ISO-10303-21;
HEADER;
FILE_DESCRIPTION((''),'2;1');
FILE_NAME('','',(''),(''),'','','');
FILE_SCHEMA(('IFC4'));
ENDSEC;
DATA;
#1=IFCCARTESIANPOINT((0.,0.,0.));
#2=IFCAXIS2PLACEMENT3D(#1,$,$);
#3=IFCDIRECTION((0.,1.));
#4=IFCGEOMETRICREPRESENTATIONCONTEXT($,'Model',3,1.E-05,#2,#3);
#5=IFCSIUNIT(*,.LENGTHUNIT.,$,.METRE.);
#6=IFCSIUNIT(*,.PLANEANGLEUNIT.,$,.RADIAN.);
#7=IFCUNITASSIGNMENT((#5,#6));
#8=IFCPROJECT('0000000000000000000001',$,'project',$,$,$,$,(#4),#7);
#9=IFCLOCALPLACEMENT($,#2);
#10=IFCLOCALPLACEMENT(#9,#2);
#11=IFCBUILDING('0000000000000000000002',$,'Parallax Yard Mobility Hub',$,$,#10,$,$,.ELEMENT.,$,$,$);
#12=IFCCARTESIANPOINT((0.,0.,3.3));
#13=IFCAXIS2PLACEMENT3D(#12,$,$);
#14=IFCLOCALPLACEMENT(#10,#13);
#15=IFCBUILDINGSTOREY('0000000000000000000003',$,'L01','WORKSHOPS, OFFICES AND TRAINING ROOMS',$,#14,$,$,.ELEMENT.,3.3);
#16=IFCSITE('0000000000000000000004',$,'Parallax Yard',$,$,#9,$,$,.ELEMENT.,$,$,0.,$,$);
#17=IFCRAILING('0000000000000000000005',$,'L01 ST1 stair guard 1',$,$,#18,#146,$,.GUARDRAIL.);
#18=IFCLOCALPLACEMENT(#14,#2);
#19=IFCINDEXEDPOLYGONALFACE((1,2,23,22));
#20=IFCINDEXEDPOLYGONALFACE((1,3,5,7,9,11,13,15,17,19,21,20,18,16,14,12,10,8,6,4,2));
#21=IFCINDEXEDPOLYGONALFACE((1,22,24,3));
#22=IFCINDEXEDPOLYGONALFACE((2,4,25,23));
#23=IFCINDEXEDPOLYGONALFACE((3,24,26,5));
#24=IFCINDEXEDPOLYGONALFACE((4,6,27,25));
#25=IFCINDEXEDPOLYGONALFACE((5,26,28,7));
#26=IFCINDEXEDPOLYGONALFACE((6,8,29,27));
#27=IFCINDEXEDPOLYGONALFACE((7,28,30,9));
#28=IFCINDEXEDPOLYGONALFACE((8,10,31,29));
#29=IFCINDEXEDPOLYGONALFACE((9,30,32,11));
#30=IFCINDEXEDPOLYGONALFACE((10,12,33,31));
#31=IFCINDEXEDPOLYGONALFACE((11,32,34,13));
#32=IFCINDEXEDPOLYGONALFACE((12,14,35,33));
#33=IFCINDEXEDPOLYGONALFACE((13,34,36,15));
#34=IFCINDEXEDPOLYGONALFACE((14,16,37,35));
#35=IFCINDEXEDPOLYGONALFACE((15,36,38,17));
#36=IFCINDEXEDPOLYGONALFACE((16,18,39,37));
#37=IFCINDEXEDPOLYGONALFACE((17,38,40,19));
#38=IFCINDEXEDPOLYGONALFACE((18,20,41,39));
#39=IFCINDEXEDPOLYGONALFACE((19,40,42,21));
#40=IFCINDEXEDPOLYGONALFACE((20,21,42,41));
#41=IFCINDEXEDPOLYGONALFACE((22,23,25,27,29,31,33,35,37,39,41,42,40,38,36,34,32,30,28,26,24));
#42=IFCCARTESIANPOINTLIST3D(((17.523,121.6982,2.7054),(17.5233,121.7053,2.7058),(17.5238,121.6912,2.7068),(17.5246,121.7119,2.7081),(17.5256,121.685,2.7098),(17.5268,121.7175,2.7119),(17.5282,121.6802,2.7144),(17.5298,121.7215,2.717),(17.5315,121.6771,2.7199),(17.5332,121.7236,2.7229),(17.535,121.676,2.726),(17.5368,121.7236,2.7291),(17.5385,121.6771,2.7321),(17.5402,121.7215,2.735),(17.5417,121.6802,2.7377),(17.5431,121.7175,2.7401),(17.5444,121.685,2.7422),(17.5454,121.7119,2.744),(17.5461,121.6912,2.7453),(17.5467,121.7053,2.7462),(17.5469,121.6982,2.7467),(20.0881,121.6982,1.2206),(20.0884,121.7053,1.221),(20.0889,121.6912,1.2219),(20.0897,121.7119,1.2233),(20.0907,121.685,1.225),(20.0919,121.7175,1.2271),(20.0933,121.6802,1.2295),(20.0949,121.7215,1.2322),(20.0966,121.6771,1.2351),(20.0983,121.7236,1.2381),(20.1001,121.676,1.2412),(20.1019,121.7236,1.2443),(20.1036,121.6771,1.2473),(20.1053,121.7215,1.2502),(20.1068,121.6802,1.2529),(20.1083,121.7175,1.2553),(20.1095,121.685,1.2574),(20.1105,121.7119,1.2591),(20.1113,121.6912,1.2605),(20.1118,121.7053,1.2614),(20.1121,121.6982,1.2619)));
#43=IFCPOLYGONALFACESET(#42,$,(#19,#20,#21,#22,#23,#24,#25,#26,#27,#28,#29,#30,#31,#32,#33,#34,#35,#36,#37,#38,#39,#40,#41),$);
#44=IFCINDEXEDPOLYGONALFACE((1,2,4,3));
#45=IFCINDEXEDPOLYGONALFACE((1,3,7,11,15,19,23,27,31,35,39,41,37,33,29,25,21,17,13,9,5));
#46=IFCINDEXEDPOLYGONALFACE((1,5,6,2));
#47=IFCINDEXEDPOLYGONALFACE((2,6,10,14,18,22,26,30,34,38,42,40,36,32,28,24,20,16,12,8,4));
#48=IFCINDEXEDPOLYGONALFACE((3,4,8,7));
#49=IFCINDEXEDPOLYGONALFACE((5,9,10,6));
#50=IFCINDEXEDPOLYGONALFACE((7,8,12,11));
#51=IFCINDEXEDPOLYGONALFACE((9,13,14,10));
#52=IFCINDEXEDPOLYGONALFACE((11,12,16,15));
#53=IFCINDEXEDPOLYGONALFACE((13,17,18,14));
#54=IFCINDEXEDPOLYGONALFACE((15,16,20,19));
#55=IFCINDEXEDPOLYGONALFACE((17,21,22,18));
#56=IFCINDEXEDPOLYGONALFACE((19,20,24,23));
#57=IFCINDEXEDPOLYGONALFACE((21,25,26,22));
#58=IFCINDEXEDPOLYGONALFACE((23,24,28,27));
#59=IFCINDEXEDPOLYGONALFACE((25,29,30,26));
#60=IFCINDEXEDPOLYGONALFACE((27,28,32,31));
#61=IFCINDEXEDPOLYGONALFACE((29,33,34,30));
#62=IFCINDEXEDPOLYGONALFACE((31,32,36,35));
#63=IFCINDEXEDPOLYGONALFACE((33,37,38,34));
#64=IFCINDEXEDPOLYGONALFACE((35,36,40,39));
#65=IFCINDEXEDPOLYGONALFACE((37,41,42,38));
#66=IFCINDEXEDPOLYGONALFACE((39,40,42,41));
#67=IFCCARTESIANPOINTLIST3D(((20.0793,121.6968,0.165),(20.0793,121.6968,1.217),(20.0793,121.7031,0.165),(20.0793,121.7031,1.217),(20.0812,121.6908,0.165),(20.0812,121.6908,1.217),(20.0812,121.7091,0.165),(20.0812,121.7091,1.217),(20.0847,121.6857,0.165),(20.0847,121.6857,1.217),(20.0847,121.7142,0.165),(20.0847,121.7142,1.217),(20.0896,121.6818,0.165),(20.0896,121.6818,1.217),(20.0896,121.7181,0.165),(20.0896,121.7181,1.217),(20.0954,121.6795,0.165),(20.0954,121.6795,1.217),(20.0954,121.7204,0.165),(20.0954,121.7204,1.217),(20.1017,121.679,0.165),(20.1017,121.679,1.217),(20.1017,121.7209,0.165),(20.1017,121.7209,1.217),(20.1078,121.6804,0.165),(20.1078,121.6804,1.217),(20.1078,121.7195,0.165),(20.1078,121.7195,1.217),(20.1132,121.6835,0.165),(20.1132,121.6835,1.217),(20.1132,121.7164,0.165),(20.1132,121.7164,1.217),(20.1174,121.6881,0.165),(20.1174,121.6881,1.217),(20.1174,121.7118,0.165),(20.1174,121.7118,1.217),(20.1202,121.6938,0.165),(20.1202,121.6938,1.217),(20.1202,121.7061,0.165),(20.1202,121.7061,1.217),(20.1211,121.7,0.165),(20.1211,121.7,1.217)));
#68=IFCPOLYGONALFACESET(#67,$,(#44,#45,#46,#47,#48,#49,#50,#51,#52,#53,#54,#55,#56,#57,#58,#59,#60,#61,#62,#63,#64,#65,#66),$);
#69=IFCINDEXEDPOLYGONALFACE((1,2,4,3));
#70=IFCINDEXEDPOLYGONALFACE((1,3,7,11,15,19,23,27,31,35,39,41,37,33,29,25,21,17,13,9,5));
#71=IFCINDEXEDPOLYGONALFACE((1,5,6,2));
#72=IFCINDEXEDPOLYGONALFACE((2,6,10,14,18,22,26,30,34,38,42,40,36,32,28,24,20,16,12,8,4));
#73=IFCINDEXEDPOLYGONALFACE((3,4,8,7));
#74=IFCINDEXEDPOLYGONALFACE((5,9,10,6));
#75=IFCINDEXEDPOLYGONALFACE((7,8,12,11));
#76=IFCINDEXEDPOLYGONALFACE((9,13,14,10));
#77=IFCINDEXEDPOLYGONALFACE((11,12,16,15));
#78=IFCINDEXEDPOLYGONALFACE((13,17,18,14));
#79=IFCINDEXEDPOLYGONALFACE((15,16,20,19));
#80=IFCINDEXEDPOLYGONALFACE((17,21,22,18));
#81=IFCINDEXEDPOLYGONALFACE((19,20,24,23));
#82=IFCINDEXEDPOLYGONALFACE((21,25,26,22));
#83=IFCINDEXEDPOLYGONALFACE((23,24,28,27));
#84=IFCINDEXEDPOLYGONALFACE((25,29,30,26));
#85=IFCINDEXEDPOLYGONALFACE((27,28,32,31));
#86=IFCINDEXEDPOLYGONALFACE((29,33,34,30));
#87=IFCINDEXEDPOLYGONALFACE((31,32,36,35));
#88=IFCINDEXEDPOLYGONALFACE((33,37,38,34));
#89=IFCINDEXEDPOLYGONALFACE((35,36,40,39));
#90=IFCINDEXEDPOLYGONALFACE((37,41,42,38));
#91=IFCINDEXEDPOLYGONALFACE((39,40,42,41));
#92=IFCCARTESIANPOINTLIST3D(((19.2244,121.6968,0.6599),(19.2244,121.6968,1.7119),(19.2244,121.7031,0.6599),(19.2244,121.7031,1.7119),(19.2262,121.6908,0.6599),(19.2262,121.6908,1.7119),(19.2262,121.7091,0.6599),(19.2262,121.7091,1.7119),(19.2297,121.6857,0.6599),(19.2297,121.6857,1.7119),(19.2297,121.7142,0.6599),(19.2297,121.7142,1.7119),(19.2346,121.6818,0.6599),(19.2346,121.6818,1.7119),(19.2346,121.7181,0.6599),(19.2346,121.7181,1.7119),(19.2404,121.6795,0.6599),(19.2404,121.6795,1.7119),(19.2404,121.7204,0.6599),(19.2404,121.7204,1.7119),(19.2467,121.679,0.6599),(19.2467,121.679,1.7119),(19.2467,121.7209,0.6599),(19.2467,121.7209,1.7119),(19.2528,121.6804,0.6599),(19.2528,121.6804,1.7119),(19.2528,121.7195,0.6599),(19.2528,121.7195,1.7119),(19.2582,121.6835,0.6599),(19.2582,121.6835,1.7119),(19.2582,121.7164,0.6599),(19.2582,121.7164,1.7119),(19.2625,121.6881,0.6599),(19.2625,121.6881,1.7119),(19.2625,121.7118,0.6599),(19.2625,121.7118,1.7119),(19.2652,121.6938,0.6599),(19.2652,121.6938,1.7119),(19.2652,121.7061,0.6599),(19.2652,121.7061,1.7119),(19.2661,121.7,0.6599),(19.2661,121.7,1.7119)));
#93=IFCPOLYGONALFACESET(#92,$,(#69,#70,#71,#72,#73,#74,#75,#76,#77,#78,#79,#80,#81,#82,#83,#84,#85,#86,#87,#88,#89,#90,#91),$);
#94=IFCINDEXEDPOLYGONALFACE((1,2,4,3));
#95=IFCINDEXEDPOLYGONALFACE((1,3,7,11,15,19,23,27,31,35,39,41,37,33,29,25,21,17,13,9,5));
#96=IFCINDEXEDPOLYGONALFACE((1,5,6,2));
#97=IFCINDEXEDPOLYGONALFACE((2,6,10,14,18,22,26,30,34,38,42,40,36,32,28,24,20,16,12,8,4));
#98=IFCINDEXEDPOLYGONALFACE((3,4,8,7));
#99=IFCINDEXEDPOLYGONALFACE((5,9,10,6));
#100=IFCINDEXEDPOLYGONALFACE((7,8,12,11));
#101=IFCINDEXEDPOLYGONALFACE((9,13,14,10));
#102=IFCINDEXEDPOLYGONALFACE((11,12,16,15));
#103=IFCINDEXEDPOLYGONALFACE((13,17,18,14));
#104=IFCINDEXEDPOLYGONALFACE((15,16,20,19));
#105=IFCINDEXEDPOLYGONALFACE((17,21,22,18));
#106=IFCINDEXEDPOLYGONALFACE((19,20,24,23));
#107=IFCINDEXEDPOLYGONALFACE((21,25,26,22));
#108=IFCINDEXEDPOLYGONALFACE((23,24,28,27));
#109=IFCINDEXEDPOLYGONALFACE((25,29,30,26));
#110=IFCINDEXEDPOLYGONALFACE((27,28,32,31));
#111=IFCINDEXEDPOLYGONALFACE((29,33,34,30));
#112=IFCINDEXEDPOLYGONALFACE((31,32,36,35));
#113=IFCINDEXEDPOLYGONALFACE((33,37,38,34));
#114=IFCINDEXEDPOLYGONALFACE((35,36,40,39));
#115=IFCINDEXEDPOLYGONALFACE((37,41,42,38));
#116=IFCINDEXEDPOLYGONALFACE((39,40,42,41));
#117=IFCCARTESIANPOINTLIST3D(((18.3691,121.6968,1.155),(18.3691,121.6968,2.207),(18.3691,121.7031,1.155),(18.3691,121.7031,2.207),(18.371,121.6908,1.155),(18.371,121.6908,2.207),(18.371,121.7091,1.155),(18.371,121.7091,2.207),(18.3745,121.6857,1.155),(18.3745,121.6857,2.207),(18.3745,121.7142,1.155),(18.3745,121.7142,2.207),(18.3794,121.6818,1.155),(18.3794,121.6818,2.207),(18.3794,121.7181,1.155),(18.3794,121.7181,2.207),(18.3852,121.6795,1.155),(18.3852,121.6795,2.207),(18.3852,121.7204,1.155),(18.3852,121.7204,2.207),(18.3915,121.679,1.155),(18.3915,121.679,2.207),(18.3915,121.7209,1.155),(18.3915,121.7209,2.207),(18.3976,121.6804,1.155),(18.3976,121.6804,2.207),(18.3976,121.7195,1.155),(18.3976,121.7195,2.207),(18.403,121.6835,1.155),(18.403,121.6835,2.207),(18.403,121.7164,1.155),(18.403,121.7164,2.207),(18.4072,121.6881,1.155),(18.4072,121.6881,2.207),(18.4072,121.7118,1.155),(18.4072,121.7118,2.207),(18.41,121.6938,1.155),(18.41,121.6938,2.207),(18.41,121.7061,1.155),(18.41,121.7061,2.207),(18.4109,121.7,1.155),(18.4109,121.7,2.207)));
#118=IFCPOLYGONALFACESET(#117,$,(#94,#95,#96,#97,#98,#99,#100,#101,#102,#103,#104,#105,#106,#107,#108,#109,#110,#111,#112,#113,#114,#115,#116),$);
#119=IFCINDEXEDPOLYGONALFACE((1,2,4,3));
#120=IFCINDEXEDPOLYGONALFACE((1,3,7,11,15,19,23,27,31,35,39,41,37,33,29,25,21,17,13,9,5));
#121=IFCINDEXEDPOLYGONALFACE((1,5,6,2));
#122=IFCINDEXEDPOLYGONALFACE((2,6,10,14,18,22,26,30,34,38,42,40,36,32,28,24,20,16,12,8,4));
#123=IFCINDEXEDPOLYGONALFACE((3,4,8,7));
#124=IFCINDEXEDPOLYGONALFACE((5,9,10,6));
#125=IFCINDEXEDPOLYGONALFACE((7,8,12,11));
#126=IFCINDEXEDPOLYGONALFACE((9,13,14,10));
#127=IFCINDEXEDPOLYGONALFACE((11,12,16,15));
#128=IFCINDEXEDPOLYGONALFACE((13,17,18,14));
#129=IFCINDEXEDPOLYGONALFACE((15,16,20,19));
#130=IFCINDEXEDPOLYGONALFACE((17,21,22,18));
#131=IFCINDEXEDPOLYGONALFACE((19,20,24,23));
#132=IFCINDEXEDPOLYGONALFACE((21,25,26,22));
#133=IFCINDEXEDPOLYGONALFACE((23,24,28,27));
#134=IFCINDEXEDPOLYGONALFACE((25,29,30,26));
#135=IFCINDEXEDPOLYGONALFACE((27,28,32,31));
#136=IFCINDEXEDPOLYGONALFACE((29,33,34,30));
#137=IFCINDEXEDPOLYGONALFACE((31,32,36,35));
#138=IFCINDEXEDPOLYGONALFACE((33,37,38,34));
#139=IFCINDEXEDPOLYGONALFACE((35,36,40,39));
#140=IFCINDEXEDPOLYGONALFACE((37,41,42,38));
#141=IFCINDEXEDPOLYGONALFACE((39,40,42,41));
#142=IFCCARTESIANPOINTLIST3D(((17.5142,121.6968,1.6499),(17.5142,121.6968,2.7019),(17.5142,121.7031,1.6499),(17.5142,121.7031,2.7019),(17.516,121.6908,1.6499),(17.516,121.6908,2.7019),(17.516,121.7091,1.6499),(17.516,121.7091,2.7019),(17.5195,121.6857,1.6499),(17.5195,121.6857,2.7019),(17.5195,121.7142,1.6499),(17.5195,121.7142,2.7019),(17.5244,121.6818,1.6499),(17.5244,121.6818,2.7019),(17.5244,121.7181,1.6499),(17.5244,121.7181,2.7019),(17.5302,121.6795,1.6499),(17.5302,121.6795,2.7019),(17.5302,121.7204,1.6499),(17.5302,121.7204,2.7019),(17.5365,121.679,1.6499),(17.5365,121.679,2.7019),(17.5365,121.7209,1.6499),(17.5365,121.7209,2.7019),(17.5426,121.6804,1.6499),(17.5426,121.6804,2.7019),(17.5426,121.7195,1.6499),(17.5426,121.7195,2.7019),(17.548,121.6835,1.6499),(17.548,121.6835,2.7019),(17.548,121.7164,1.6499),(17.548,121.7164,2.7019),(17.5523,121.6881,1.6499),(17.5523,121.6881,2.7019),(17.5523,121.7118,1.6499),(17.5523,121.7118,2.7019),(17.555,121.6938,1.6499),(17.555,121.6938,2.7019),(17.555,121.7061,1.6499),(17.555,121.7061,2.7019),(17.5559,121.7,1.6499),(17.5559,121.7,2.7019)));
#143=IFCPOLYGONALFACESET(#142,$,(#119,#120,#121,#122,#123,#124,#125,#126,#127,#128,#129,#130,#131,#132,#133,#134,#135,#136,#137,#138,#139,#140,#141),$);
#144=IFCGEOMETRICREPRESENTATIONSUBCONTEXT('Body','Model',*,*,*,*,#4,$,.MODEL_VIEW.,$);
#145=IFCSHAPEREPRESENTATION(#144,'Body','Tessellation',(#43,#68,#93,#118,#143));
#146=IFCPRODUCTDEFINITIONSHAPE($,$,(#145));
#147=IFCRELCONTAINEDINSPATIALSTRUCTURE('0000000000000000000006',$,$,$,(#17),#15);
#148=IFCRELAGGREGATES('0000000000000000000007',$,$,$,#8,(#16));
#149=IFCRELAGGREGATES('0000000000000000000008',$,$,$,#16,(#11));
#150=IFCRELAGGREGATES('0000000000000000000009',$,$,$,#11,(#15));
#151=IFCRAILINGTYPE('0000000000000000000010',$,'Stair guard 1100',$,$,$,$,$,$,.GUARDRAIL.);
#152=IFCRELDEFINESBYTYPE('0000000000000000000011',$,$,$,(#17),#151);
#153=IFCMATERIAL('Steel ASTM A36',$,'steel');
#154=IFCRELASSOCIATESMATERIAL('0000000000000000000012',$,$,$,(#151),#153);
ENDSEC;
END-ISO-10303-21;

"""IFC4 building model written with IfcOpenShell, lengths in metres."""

from ifc_helpers import new_model, si_unit, direction, frame, origin, origin_2d, place, context, subcontext, project, spatial, circle, extrude, material, type_object, element, save


model = new_model("IFC4")

# Units and contexts
model_context = context("Model", 3, precision=1e-05, world=origin(), true_north=direction((0.0, 1.0)))
body_context = subcontext(model_context, "Body", "Model", "MODEL_VIEW")
ifc_project = project(units=[si_unit("LENGTHUNIT", "METRE"), si_unit("PLANEANGLEUNIT", "RADIAN")], contexts=[model_context])

# Site, building, storey
site_placement = place(None, origin())
site = spatial("IfcSite", under=ifc_project, at=site_placement, Name="Parallax Yard", CompositionType="ELEMENT", RefElevation=0.0)
building_placement = place(site_placement, origin())
building = spatial("IfcBuilding", under=site, at=building_placement, Name="Parallax Yard Mobility Hub", CompositionType="ELEMENT")
storey_placement = place(building_placement, frame((0.0, 0.0, 3.3)))
storey = spatial("IfcBuildingStorey", under=building, at=storey_placement, Name="L01", Description="WORKSHOPS, OFFICES AND TRAINING ROOMS", CompositionType="ELEMENT", Elevation=3.3)

# Railing
ifc_material_1 = material(Name="Steel ASTM A36", Category="steel")
railing_type_1 = type_object("IfcRailingType", Name="Stair guard 1100", PredefinedType="GUARDRAIL", material=ifc_material_1)
railing_1_placement = place(storey_placement, frame((20.1001, 121.7, 0.165)))
element("IfcRailing", 1, at=railing_1_placement, inside=storey, type_object=railing_type_1, Name="L01 ST1 stair guard 1", PredefinedType="GUARDRAIL", context=body_context, shape_type="SweptSolid", body=[
    extrude(circle(Radius=0.0239, at=origin_2d()), frame((0.0, 0.0, 1.0762), z_axis=(-0.865462, 0.0, 0.500975), x_axis=(0.0, -1.0, 0.0)), (0.0, 0.0, 1.0), 2.9639),
    extrude(circle(Radius=0.021, at=origin_2d()), origin(), (0.0, 0.0, 1.0), 1.052),
    extrude(circle(Radius=0.021, at=origin_2d()), frame((-0.855, 0.0, 0.4949)), (0.0, 0.0, 1.0), 1.052),
    extrude(circle(Radius=0.021, at=origin_2d()), frame((-1.7102, 0.0, 0.99)), (0.0, 0.0, 1.0), 1.052),
    extrude(circle(Radius=0.021, at=origin_2d()), frame((-2.5652, 0.0, 1.4849)), (0.0, 0.0, 1.0), 1.052),
])

save(model, "model.ifc")
